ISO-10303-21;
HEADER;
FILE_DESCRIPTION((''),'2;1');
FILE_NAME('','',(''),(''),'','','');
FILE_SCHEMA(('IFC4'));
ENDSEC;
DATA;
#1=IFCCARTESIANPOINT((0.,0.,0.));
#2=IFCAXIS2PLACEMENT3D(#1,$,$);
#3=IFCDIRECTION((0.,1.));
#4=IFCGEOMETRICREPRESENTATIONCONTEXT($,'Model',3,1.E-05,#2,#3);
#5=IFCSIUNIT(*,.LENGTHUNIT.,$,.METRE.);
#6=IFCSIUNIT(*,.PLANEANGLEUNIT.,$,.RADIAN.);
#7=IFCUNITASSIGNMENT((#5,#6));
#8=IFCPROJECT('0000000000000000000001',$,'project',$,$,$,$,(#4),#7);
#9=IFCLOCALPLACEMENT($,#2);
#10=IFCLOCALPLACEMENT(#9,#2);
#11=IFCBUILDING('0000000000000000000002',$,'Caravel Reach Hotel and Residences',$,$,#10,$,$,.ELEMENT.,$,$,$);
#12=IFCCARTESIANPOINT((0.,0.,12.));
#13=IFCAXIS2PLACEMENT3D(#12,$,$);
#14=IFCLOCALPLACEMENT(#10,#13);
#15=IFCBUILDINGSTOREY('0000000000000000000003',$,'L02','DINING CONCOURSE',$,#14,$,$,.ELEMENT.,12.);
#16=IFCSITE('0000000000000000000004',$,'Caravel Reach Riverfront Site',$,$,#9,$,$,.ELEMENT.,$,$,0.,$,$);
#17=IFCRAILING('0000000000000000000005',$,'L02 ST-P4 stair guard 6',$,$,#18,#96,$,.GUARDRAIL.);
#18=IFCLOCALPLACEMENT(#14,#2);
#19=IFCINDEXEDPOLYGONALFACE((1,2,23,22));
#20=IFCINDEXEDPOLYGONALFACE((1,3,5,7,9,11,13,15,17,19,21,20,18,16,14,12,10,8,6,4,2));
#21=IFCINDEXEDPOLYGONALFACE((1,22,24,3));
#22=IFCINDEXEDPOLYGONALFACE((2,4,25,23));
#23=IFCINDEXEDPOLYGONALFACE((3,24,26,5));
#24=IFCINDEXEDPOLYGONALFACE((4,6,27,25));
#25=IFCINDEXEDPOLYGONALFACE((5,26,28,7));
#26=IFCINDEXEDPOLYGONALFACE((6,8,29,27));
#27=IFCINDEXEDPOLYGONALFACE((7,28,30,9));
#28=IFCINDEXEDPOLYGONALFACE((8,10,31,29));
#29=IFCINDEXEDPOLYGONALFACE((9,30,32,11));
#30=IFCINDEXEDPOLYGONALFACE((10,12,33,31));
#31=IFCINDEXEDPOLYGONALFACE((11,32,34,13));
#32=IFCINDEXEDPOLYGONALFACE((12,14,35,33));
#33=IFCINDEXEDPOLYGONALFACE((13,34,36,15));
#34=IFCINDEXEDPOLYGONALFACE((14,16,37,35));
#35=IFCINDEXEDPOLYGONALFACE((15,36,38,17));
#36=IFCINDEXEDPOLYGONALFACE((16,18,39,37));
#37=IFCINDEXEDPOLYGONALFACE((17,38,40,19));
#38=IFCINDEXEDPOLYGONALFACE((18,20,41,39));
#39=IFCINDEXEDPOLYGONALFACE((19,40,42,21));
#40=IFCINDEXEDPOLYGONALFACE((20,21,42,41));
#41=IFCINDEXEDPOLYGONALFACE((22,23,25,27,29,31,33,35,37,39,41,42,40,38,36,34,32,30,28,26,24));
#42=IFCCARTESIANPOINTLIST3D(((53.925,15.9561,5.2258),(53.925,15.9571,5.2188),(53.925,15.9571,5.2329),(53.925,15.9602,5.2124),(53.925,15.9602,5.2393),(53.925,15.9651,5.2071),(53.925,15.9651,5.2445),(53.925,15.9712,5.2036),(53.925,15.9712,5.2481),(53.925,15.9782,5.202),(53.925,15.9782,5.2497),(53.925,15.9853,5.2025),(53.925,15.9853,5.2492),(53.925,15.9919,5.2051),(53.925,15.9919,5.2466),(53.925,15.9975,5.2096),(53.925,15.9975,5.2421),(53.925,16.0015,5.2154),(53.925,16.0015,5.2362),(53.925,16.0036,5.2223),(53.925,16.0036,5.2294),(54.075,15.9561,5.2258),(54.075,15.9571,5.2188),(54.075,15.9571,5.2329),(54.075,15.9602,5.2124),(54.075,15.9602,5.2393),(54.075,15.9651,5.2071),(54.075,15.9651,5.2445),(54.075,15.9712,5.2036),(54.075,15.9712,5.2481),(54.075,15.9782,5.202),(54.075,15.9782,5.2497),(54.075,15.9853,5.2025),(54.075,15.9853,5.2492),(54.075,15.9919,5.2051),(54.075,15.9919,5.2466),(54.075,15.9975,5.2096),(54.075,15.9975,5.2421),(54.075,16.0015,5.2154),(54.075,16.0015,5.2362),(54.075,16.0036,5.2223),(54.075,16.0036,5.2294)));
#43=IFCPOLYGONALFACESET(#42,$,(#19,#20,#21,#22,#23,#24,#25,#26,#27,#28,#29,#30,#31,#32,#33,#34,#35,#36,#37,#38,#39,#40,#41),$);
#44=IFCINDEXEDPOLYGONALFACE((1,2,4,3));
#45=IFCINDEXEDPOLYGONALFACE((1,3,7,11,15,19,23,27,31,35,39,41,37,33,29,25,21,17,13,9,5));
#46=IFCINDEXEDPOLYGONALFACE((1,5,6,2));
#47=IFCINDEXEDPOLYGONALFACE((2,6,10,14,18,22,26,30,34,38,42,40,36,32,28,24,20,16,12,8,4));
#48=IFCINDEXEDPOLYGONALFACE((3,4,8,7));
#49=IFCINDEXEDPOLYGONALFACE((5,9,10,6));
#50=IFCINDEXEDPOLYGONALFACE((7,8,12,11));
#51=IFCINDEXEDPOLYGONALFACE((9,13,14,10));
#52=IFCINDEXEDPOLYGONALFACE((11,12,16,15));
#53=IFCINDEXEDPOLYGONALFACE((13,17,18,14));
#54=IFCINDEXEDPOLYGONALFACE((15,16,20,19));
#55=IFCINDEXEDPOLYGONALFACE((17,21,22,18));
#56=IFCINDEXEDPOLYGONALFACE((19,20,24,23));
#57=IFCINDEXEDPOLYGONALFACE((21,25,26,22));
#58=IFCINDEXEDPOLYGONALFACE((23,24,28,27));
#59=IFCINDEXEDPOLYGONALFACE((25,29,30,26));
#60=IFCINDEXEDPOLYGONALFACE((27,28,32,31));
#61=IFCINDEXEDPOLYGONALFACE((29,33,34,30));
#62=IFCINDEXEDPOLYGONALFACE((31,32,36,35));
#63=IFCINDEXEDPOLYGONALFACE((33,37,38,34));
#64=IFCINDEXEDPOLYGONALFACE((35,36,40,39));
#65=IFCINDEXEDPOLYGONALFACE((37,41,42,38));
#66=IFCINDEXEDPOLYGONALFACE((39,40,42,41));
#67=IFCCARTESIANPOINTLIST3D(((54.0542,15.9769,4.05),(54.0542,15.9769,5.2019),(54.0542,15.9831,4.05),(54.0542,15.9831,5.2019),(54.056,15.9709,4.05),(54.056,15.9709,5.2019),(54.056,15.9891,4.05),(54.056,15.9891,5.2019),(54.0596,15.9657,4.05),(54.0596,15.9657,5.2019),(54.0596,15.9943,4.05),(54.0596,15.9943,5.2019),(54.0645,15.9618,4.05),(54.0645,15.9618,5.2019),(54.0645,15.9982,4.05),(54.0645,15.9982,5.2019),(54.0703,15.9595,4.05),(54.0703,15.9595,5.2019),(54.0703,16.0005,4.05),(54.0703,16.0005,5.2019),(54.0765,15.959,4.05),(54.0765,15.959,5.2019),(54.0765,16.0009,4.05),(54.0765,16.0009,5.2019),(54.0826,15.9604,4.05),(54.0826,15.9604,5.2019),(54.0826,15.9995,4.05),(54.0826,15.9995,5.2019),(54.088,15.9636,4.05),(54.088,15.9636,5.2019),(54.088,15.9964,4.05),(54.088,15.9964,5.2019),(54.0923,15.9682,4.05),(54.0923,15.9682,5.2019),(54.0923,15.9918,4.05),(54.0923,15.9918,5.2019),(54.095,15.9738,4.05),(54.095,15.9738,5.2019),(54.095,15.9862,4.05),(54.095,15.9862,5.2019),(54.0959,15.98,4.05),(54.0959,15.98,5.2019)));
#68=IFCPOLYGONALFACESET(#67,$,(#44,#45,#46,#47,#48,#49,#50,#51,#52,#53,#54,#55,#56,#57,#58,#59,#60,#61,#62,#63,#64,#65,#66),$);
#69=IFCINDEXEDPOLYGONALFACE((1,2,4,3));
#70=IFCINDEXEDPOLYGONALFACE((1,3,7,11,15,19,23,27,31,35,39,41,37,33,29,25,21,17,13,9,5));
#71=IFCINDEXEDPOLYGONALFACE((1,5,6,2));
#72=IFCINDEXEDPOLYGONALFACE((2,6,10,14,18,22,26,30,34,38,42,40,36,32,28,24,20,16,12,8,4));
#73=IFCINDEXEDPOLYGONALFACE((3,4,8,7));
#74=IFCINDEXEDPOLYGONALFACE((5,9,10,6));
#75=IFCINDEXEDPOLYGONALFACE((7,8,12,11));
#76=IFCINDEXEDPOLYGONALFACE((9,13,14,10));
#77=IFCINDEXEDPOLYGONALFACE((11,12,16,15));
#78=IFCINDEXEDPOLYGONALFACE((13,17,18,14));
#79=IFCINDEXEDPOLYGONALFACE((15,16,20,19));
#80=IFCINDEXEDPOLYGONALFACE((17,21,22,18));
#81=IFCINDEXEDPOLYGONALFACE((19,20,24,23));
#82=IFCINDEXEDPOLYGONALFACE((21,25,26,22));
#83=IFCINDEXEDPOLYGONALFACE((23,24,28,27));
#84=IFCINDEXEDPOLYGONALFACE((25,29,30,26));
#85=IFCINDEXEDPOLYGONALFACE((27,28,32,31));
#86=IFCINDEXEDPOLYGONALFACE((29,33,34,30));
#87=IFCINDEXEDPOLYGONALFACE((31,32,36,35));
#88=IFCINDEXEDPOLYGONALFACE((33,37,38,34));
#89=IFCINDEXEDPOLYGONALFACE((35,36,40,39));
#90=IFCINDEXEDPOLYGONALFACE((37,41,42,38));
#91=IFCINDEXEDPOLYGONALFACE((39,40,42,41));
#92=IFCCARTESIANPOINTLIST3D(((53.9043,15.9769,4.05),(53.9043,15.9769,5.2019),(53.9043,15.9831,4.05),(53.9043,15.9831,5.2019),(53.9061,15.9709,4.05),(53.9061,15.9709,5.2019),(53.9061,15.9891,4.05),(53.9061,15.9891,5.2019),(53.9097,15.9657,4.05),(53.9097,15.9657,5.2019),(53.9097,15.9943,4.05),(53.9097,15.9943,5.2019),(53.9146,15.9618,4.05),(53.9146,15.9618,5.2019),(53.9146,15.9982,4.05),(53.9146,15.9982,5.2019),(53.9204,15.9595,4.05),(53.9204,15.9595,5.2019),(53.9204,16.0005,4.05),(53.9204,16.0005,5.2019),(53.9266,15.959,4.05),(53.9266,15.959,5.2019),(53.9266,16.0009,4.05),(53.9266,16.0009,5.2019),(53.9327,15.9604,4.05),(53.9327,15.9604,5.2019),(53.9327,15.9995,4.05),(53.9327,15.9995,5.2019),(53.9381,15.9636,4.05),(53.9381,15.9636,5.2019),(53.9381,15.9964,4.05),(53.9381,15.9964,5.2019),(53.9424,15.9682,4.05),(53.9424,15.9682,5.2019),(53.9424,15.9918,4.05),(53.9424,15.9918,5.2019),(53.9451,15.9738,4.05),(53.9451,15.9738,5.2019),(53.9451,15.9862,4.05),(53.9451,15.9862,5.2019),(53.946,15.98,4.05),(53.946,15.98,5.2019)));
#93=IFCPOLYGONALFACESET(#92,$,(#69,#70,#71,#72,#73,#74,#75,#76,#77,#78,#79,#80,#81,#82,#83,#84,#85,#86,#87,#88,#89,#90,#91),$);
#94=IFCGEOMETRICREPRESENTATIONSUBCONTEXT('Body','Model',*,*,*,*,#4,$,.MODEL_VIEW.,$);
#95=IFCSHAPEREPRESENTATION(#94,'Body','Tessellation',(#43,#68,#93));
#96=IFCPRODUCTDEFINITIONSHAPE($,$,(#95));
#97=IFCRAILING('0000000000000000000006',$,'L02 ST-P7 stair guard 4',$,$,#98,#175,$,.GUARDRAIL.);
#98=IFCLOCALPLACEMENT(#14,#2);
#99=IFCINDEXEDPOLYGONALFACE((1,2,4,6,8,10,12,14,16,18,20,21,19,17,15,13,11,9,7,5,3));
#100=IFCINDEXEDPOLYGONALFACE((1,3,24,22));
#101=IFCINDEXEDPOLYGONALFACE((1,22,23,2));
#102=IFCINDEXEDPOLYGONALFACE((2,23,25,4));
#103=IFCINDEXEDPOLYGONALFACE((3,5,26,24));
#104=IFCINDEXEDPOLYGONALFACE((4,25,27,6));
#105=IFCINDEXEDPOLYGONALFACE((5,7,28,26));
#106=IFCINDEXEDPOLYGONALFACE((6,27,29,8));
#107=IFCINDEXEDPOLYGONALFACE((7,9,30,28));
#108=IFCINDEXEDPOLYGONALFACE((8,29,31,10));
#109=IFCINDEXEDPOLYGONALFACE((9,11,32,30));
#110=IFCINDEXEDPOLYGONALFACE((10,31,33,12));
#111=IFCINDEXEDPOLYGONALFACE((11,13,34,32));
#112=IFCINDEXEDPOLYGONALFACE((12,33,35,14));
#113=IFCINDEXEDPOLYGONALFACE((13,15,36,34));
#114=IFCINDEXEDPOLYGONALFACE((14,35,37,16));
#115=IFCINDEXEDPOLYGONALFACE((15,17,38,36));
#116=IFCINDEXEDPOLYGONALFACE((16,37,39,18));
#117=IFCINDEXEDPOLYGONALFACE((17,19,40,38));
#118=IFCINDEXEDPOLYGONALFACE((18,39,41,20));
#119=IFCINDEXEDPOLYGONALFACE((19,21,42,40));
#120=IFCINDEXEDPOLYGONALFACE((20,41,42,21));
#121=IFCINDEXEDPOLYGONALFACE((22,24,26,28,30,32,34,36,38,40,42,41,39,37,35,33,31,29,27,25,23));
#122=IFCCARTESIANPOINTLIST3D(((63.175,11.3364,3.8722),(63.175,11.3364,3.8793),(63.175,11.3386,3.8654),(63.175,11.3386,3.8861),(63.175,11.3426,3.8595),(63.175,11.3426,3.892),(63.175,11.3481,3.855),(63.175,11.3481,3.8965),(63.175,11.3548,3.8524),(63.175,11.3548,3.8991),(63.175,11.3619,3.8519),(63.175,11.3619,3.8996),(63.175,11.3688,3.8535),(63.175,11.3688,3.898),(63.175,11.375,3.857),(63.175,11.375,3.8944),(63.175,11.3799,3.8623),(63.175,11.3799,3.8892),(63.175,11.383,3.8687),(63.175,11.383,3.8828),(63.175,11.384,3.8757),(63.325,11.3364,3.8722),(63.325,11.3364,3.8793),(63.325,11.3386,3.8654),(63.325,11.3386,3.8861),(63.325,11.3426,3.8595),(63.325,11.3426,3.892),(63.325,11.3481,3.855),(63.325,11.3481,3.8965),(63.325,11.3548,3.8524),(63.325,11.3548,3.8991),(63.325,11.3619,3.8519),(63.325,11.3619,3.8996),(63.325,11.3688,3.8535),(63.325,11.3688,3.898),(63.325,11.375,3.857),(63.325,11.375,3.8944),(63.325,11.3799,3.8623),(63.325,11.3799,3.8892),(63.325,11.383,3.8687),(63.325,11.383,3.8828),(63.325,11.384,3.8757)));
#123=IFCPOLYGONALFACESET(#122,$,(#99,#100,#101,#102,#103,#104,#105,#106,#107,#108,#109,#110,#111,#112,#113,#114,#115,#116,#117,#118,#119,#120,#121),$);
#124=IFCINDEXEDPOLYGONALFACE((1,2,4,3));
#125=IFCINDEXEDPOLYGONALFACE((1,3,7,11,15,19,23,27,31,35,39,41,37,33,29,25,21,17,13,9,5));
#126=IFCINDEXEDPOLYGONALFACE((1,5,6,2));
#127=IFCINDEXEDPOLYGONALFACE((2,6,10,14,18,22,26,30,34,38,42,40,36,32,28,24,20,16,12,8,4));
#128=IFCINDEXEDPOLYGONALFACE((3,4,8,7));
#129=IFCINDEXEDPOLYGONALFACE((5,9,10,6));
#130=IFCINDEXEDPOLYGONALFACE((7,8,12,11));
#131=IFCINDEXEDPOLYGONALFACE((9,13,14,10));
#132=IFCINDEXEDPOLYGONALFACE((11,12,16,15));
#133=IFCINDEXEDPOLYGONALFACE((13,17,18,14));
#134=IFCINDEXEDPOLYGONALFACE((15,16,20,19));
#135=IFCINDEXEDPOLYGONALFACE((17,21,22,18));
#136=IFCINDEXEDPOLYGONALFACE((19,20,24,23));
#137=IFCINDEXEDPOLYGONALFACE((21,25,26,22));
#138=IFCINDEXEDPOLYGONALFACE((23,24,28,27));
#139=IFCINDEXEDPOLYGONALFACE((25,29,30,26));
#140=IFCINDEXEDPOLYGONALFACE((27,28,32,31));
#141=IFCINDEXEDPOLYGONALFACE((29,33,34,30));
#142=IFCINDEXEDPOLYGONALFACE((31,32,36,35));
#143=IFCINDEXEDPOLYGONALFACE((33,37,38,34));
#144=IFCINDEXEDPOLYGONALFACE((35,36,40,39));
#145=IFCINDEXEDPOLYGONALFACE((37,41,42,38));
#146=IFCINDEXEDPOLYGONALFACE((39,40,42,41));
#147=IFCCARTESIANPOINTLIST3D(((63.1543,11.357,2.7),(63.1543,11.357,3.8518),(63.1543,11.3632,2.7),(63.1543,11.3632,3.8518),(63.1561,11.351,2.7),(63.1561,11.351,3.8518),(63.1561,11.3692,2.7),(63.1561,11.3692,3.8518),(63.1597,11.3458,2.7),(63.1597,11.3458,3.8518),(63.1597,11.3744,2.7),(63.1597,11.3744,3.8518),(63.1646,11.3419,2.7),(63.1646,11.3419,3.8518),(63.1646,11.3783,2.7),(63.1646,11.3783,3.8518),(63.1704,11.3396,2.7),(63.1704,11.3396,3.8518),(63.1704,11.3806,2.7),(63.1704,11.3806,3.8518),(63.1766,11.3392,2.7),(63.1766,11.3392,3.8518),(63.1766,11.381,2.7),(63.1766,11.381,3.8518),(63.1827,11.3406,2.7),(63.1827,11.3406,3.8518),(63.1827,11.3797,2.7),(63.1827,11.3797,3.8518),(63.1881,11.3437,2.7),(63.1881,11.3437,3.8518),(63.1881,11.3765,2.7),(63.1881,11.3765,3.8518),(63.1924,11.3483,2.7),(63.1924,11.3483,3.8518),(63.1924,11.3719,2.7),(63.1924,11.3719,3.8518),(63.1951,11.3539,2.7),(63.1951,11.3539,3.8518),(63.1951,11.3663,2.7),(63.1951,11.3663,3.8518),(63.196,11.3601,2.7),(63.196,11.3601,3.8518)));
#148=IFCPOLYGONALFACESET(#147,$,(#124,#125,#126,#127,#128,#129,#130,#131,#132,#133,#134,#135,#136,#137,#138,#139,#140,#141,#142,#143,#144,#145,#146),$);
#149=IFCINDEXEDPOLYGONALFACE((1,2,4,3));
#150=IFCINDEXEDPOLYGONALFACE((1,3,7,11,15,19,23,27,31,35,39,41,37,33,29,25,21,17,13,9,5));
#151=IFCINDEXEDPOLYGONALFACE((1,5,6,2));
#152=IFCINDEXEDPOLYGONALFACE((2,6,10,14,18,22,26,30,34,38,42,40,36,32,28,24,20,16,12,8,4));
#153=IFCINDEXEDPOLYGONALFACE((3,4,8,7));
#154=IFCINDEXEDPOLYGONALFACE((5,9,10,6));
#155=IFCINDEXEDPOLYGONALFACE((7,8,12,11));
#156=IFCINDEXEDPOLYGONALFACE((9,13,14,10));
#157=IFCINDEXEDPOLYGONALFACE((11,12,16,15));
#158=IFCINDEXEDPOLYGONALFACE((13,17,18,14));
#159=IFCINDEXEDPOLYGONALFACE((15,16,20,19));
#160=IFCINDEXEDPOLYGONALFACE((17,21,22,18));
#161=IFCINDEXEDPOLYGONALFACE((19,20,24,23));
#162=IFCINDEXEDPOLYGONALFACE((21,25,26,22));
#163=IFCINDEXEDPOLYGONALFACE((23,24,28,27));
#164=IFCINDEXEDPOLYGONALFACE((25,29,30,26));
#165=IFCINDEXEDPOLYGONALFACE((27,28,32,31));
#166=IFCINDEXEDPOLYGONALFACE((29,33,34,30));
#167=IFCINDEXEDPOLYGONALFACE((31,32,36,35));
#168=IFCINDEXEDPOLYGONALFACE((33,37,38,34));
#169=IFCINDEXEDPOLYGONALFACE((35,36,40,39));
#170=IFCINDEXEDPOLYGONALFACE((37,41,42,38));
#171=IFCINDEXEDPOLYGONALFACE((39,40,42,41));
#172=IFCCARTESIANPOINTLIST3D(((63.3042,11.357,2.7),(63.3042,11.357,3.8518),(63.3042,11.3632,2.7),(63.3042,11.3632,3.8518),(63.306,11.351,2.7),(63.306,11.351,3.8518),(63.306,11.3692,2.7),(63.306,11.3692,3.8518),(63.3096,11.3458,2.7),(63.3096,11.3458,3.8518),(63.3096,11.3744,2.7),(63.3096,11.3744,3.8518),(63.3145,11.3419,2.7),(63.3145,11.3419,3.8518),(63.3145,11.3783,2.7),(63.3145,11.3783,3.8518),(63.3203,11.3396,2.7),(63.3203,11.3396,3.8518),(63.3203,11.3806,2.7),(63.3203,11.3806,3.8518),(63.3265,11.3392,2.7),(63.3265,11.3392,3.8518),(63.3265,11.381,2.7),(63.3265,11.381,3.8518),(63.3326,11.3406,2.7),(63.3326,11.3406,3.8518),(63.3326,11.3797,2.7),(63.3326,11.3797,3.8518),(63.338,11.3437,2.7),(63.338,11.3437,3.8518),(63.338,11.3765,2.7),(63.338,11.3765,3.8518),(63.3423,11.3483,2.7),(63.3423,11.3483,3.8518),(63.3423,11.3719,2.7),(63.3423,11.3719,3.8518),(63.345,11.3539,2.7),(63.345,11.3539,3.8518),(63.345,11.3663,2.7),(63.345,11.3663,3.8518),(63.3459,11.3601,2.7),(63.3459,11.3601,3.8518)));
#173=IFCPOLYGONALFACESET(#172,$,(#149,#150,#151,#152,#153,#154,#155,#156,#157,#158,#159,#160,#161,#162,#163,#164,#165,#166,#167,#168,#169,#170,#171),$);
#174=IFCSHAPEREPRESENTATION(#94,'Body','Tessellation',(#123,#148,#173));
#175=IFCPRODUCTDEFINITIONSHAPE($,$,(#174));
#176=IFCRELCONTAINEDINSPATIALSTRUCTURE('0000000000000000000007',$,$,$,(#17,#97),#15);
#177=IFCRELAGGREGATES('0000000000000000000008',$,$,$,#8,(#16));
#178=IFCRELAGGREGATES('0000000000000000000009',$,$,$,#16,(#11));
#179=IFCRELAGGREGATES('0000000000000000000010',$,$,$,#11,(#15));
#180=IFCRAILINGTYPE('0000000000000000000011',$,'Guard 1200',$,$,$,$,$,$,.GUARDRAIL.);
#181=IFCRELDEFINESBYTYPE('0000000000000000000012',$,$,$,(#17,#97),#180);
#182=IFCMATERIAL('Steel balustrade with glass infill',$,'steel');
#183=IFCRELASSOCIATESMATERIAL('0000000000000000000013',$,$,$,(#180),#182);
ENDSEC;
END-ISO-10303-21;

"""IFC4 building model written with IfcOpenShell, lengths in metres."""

from ifc_helpers import new_model, si_unit, direction, frame, origin, origin_2d, place, context, subcontext, project, spatial, circle, extrude, material, type_object, element, save


model = new_model("IFC4")

# Units and contexts
model_context = context("Model", 3, precision=1e-05, world=origin(), true_north=direction((0.0, 1.0)))
body_context = subcontext(model_context, "Body", "Model", "MODEL_VIEW")
ifc_project = project(units=[si_unit("LENGTHUNIT", "METRE"), si_unit("PLANEANGLEUNIT", "RADIAN")], contexts=[model_context])

# Site, building, storey
site_placement = place(None, origin())
site = spatial("IfcSite", under=ifc_project, at=site_placement, Name="Caravel Reach Riverfront Site", CompositionType="ELEMENT", RefElevation=0.0)
building_placement = place(site_placement, origin())
building = spatial("IfcBuilding", under=site, at=building_placement, Name="Caravel Reach Hotel and Residences", CompositionType="ELEMENT")
storey_placement = place(building_placement, frame((0.0, 0.0, 12.0)))
storey = spatial("IfcBuildingStorey", under=building, at=storey_placement, Name="L02", Description="DINING CONCOURSE", CompositionType="ELEMENT", Elevation=12.0)

# Railings
ifc_material_1 = material(Name="Steel balustrade with glass infill", Category="steel")
railing_type_1 = type_object("IfcRailingType", Name="Guard 1200", PredefinedType="GUARDRAIL", material=ifc_material_1)
railing_1_placement = place(storey_placement, frame((54.075, 15.98, 4.05)))
element("IfcRailing", 1, at=railing_1_placement, inside=storey, type_object=railing_type_1, Name="L02 ST-P4 stair guard 6", PredefinedType="GUARDRAIL", context=body_context, shape_type="SweptSolid", body=[
    extrude(circle(Radius=0.0239, at=origin_2d()), frame((0.0, 0.0, 1.1758), z_axis=(-1.0, 0.0, 0.0), x_axis=(0.0, -1.0, 0.0)), (0.0, 0.0, 1.0), 0.1499),
    extrude(circle(Radius=0.021, at=origin_2d()), origin(), (0.0, 0.0, 1.0), 1.1519),
    extrude(circle(Radius=0.021, at=origin_2d()), frame((-0.1499, 0.0, 0.0)), (0.0, 0.0, 1.0), 1.1519),
])
railing_2_placement = place(storey_placement, frame((63.175, 11.3601, 2.7)))
element("IfcRailing", 2, at=railing_2_placement, inside=storey, type_object=railing_type_1, Name="L02 ST-P7 stair guard 4", PredefinedType="GUARDRAIL", context=body_context, shape_type="SweptSolid", body=[
    extrude(circle(Radius=0.0239, at=origin_2d()), frame((0.0, 0.0, 1.1758), z_axis=(1.0, 0.0, 0.0), x_axis=(0.0, 1.0, 0.0)), (0.0, 0.0, 1.0), 0.1499),
    extrude(circle(Radius=0.021, at=origin_2d()), origin(), (0.0, 0.0, 1.0), 1.1519),
    extrude(circle(Radius=0.021, at=origin_2d()), frame((0.1499, 0.0, 0.0)), (0.0, 0.0, 1.0), 1.1519),
])

save(model, "model.ifc")
